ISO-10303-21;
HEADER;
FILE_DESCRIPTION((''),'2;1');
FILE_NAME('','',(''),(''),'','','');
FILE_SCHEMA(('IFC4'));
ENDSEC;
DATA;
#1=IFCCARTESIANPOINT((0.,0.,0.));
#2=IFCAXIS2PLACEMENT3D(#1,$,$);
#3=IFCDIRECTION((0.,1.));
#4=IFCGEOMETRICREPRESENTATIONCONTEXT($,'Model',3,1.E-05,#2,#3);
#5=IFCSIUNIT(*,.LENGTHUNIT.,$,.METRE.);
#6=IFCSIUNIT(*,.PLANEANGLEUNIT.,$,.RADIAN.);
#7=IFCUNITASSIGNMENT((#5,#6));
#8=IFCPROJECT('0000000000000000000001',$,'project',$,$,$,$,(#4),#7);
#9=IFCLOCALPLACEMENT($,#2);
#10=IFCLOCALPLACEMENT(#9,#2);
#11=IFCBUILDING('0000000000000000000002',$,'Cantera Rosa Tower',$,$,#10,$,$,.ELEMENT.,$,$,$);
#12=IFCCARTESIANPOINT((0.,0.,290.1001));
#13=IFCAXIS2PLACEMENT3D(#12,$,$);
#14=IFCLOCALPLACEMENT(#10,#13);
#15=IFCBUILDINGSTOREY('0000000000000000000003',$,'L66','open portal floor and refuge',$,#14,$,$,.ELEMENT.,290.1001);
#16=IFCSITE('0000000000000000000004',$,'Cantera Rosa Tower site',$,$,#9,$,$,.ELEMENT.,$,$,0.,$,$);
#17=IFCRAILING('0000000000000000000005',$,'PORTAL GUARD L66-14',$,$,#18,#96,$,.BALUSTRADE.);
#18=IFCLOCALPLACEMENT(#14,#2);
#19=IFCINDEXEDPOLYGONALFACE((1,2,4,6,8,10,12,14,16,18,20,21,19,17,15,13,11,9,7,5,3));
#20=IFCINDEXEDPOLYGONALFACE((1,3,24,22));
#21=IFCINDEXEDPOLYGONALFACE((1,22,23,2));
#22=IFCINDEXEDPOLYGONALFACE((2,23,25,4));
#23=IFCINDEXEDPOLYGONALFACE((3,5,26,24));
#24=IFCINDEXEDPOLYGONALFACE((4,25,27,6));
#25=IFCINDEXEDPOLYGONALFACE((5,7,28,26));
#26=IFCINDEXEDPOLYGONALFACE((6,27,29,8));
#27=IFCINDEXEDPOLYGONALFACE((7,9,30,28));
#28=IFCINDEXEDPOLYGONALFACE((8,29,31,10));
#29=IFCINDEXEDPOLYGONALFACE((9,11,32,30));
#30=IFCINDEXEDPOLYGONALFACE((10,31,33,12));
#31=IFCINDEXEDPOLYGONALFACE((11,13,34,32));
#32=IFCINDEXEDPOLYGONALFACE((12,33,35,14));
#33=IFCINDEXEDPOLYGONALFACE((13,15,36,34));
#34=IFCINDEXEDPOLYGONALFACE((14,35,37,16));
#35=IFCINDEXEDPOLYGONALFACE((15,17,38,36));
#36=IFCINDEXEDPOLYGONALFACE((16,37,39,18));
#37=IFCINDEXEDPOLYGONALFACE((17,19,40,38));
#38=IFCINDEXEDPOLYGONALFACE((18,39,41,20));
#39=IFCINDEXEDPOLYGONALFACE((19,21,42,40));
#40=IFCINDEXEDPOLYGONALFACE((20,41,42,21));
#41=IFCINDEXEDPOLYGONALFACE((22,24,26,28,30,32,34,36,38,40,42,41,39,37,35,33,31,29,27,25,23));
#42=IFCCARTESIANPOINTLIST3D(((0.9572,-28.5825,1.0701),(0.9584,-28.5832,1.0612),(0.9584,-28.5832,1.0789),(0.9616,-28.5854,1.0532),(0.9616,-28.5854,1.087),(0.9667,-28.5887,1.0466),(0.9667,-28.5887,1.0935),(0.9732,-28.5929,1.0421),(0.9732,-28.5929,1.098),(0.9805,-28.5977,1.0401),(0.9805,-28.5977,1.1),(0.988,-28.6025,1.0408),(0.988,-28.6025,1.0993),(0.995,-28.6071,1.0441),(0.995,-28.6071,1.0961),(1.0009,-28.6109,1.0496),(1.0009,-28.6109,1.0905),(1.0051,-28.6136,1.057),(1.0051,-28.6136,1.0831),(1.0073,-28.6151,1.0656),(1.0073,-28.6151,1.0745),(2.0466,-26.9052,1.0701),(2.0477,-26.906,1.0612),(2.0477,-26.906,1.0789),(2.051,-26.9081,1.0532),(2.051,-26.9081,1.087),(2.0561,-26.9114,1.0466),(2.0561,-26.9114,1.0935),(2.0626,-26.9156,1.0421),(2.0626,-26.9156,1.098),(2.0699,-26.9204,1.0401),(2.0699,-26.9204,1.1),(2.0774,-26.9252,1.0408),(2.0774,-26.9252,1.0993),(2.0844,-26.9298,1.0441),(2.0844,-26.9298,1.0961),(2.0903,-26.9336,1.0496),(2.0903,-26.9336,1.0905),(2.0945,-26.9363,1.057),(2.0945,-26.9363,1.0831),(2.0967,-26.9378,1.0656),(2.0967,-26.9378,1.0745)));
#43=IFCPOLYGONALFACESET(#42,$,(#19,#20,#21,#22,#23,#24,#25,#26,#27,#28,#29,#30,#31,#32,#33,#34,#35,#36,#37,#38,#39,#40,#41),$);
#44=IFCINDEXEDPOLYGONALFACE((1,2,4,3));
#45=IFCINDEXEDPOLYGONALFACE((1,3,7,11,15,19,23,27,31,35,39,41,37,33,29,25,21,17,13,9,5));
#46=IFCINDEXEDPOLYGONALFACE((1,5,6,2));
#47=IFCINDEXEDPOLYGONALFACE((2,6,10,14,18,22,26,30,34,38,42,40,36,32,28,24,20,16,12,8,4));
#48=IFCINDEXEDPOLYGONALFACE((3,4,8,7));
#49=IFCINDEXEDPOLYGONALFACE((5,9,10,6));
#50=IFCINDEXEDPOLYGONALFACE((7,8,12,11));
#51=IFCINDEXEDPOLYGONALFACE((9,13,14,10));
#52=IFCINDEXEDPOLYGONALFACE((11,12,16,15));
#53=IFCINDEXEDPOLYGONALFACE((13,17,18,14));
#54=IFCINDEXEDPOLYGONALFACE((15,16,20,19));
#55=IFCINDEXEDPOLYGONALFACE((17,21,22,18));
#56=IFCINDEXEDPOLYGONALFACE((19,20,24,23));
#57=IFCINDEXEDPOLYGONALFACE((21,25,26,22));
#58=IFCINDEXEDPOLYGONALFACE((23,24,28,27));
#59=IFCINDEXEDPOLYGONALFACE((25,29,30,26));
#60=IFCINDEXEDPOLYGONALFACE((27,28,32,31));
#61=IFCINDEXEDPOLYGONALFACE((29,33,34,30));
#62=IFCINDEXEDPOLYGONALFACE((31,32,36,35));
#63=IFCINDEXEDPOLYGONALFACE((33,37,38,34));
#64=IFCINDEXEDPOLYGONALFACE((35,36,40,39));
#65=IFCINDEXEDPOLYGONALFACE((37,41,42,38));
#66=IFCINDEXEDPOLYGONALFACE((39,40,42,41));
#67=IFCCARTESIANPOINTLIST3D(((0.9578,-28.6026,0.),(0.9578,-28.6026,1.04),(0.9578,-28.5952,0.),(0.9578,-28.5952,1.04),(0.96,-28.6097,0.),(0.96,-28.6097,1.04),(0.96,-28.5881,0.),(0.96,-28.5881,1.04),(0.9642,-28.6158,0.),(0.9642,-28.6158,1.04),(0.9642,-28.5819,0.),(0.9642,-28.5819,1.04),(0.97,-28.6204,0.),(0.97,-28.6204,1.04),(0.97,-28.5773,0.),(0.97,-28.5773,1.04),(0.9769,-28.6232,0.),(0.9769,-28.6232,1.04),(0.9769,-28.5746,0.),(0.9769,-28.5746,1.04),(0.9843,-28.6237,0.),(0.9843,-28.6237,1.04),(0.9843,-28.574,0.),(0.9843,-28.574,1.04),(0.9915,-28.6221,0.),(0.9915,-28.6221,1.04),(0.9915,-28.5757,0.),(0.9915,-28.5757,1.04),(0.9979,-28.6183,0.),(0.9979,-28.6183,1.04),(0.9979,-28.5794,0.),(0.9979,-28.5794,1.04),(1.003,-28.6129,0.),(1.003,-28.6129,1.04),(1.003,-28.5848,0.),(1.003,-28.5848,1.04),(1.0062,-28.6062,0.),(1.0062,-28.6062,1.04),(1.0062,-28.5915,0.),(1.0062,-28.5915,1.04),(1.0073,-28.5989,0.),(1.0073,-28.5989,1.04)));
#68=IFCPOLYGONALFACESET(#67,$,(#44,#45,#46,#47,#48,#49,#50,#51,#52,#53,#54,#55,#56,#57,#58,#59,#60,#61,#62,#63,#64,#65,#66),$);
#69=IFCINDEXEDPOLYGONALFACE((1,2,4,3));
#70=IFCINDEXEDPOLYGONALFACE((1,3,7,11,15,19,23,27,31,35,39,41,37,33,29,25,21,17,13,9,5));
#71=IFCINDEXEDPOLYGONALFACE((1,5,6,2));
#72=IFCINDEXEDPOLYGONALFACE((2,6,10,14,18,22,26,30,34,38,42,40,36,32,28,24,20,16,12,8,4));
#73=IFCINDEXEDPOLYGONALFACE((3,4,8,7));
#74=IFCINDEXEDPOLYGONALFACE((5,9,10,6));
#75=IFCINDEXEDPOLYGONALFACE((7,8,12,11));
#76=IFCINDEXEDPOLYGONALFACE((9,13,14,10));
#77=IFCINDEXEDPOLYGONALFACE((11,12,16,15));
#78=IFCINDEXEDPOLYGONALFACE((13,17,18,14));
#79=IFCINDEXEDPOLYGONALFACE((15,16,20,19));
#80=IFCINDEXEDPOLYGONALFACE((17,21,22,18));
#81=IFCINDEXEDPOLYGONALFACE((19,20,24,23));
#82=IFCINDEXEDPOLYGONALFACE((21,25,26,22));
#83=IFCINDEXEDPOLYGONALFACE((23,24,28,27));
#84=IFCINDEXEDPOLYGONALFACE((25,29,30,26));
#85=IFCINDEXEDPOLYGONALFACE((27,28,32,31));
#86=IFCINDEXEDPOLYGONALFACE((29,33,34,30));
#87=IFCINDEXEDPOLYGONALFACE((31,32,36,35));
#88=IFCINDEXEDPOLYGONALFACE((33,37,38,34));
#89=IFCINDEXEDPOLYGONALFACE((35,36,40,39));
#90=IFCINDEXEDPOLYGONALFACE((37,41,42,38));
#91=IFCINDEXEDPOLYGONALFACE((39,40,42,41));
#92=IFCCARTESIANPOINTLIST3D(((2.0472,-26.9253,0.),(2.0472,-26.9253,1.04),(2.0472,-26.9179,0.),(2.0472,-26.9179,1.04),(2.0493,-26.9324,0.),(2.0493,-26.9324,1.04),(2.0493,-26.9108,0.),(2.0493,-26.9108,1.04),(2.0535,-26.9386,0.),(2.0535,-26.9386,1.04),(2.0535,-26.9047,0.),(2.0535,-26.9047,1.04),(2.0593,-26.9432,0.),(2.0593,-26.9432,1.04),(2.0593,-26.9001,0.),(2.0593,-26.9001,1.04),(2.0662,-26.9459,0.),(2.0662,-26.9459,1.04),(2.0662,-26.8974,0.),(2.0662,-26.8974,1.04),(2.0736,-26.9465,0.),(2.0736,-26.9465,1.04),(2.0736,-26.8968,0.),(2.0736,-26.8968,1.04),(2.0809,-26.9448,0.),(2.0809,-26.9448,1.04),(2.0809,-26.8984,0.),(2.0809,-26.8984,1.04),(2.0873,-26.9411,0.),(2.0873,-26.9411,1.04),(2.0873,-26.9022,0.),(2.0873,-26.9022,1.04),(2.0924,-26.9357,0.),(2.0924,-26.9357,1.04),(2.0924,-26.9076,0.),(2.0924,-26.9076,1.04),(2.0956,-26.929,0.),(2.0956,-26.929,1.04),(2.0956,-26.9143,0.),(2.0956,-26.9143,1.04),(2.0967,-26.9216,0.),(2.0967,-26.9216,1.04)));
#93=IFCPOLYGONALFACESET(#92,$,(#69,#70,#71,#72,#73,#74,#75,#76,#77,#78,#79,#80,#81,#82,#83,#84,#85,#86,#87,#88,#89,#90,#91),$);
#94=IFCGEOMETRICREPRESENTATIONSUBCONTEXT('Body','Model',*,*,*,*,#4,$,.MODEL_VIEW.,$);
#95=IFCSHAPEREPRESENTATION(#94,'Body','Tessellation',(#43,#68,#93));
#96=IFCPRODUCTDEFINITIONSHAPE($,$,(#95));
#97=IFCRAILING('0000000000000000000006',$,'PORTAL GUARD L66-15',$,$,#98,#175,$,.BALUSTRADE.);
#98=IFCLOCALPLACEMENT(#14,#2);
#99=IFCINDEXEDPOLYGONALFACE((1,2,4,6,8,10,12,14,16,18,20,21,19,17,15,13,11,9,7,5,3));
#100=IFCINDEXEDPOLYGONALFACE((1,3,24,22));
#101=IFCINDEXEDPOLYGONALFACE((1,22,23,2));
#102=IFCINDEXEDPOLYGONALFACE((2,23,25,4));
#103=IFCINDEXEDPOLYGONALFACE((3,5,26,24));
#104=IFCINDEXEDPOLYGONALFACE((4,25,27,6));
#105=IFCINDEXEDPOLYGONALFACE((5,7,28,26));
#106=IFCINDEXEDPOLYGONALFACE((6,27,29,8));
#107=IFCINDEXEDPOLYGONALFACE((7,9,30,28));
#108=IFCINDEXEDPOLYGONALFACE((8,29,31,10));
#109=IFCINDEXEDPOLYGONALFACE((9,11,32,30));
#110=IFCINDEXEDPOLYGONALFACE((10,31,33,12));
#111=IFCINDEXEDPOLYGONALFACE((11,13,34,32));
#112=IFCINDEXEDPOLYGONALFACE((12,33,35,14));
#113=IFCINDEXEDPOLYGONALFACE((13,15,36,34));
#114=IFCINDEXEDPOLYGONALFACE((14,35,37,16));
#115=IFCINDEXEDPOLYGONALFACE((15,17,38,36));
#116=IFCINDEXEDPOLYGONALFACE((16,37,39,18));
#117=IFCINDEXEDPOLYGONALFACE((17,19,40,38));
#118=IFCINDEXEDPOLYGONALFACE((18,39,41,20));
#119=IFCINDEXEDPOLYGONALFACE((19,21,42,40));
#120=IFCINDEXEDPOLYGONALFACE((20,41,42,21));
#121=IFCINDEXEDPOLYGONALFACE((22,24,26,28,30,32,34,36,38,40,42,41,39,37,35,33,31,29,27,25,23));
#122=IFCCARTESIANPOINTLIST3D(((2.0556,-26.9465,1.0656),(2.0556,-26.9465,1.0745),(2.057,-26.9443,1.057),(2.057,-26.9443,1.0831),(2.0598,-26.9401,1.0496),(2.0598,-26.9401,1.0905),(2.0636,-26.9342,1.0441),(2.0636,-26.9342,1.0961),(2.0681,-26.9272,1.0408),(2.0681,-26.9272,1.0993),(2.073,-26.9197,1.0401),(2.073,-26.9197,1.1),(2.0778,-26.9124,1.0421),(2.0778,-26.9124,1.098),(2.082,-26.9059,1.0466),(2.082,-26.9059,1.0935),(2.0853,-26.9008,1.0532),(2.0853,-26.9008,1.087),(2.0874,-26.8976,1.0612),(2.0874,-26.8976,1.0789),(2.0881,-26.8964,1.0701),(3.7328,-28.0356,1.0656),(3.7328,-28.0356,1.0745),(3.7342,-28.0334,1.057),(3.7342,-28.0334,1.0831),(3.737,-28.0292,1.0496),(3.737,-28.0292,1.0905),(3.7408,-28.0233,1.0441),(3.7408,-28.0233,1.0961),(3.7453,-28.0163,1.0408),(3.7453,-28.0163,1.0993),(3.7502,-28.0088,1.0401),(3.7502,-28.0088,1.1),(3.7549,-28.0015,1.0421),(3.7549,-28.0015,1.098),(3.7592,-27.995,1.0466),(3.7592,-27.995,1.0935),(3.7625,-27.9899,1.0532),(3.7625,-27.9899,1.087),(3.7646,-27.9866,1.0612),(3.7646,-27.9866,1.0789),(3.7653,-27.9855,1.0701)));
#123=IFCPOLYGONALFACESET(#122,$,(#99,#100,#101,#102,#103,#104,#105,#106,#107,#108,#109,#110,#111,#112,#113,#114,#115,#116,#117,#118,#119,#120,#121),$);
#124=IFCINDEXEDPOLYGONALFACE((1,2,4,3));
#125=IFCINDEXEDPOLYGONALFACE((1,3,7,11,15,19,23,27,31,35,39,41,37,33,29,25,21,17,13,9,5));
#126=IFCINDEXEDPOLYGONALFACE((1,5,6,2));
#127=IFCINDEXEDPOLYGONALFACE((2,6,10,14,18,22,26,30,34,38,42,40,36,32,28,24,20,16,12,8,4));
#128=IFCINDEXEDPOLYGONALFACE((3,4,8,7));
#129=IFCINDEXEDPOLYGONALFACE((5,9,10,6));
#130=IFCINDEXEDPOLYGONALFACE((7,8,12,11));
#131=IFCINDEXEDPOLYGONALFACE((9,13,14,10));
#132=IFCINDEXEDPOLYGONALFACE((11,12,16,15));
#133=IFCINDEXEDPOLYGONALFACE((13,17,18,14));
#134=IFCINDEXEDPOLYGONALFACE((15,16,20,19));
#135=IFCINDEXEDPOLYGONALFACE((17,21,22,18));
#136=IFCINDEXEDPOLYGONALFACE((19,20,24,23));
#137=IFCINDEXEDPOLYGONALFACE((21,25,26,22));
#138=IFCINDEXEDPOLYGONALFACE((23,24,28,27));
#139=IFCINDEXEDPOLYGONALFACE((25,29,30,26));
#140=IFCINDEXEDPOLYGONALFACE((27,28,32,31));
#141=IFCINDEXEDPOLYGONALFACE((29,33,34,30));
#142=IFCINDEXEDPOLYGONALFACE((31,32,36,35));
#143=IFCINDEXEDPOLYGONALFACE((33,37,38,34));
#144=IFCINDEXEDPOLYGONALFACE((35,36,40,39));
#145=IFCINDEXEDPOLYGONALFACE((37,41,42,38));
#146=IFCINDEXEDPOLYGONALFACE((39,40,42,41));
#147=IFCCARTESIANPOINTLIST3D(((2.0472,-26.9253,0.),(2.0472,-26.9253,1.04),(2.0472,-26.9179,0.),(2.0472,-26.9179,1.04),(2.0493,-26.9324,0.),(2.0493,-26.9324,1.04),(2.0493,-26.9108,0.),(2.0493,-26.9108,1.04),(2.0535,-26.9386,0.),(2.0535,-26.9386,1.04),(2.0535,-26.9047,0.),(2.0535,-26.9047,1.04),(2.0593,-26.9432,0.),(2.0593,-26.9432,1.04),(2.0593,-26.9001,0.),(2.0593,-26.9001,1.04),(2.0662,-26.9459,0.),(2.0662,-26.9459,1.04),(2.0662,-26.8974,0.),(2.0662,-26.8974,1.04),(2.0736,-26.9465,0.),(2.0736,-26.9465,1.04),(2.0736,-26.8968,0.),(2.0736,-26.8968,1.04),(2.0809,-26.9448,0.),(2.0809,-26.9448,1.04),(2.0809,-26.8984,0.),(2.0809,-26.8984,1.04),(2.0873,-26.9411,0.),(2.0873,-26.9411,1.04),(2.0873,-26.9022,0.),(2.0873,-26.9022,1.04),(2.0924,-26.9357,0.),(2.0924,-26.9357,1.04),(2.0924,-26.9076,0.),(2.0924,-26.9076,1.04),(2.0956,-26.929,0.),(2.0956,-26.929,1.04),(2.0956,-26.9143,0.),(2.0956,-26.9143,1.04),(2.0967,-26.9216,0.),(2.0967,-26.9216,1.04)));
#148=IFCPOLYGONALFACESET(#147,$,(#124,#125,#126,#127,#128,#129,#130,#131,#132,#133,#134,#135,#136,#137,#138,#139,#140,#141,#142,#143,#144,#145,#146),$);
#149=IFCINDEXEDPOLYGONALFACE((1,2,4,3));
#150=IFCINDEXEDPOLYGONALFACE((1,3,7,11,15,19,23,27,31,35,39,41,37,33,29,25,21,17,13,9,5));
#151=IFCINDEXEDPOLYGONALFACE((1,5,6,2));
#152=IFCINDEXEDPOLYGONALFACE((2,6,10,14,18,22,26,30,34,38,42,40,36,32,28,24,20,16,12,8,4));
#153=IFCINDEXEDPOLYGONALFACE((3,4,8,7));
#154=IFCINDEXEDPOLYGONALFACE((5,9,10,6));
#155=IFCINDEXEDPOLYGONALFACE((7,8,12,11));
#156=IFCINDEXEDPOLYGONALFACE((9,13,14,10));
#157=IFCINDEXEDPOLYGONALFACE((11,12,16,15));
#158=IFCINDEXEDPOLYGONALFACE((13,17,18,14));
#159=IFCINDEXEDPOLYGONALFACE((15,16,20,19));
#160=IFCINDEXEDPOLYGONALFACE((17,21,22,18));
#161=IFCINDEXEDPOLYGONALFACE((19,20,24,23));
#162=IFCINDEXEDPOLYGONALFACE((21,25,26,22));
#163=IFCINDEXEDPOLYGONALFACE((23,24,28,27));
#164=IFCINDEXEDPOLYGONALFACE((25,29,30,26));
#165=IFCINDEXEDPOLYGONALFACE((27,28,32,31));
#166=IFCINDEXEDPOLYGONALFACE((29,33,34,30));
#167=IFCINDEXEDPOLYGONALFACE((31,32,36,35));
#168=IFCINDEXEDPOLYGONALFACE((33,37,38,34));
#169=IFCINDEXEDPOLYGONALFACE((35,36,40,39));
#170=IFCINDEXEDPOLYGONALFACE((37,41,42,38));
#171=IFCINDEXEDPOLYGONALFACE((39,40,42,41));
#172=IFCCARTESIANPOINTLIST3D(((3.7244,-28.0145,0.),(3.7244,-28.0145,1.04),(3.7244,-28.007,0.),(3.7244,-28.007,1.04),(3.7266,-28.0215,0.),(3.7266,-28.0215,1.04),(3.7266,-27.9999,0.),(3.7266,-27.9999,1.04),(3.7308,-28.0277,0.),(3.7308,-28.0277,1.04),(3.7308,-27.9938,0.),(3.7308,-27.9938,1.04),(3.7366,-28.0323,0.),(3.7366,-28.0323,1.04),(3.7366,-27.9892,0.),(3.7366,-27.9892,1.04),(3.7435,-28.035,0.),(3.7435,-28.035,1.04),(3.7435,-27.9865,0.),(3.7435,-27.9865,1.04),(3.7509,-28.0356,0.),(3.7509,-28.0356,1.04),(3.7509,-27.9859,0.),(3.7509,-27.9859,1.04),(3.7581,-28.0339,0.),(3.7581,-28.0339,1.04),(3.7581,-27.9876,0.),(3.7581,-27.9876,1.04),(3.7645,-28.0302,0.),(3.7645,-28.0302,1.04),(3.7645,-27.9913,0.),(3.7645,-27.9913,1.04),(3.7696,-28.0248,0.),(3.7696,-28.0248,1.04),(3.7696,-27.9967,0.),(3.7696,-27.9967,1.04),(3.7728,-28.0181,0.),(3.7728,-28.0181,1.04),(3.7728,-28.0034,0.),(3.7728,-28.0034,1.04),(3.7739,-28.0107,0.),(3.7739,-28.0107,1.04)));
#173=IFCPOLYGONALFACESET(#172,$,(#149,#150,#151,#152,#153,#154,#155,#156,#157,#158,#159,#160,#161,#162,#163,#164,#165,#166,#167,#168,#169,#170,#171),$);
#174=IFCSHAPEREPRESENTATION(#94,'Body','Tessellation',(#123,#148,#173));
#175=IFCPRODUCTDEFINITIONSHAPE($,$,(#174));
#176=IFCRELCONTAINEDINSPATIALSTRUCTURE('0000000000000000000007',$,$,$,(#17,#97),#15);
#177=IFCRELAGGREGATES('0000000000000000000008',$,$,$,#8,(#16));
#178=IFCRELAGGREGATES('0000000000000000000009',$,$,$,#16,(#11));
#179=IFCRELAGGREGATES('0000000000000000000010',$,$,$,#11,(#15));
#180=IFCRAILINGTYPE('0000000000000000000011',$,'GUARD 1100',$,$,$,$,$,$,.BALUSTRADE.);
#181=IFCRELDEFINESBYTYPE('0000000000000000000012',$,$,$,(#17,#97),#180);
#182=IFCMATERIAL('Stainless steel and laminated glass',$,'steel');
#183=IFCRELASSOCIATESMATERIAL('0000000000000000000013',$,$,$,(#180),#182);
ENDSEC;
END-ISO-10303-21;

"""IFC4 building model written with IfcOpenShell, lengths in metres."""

from ifc_helpers import new_model, si_unit, direction, frame, origin, origin_2d, place, context, subcontext, project, spatial, circle, extrude, material, type_object, element, save


model = new_model("IFC4")

# Units and contexts
model_context = context("Model", 3, precision=1e-05, world=origin(), true_north=direction((0.0, 1.0)))
body_context = subcontext(model_context, "Body", "Model", "MODEL_VIEW")
ifc_project = project(units=[si_unit("LENGTHUNIT", "METRE"), si_unit("PLANEANGLEUNIT", "RADIAN")], contexts=[model_context])

# Site, building, storey
site_placement = place(None, origin())
site = spatial("IfcSite", under=ifc_project, at=site_placement, Name="Cantera Rosa Tower site", CompositionType="ELEMENT", RefElevation=0.0)
building_placement = place(site_placement, origin())
building = spatial("IfcBuilding", under=site, at=building_placement, Name="Cantera Rosa Tower", CompositionType="ELEMENT")
storey_placement = place(building_placement, frame((0.0, 0.0, 290.1001)))
storey = spatial("IfcBuildingStorey", under=building, at=storey_placement, Name="L66", Description="open portal floor and refuge", CompositionType="ELEMENT", Elevation=290.1001)

# Railings
ifc_material_1 = material(Name="Stainless steel and laminated glass", Category="steel")
railing_type = type_object("IfcRailingType", Name="GUARD 1100", PredefinedType="BALUSTRADE", material=ifc_material_1)
railing_1_placement = place(storey_placement, frame((0.9824, -28.5989, 0.0)))
element("IfcRailing", 1, at=railing_1_placement, inside=storey, type_object=railing_type, Name="PORTAL GUARD L66-14", PredefinedType="BALUSTRADE", context=body_context, shape_type="SweptSolid", body=[
    extrude(circle(Radius=0.03, at=origin_2d()), frame((0.0, 0.0, 1.0701), z_axis=(0.544688, 0.838639, 0.0), x_axis=(-0.838639, 0.544688, 0.0)), (0.0, 0.0, 1.0), 2.0),
    extrude(circle(Radius=0.0249, at=origin_2d()), origin(), (0.0, 0.0, 1.0), 1.04),
    extrude(circle(Radius=0.0249, at=origin_2d()), frame((1.0894, 1.6772, 0.0)), (0.0, 0.0, 1.0), 1.04),
])
railing_2_placement = place(storey_placement, frame((2.0718, -26.9216, 0.0)))
element("IfcRailing", 2, at=railing_2_placement, inside=storey, type_object=railing_type, Name="PORTAL GUARD L66-15", PredefinedType="BALUSTRADE", context=body_context, shape_type="SweptSolid", body=[
    extrude(circle(Radius=0.03, at=origin_2d()), frame((0.0, 0.0, 1.0701), z_axis=(0.838695, -0.544602, 0.0), x_axis=(0.544602, 0.838695, 0.0)), (0.0, 0.0, 1.0), 1.9998),
    extrude(circle(Radius=0.0249, at=origin_2d()), origin(), (0.0, 0.0, 1.0), 1.04),
    extrude(circle(Radius=0.0249, at=origin_2d()), frame((1.6772, -1.0891, 0.0)), (0.0, 0.0, 1.0), 1.04),
])

save(model, "model.ifc")
